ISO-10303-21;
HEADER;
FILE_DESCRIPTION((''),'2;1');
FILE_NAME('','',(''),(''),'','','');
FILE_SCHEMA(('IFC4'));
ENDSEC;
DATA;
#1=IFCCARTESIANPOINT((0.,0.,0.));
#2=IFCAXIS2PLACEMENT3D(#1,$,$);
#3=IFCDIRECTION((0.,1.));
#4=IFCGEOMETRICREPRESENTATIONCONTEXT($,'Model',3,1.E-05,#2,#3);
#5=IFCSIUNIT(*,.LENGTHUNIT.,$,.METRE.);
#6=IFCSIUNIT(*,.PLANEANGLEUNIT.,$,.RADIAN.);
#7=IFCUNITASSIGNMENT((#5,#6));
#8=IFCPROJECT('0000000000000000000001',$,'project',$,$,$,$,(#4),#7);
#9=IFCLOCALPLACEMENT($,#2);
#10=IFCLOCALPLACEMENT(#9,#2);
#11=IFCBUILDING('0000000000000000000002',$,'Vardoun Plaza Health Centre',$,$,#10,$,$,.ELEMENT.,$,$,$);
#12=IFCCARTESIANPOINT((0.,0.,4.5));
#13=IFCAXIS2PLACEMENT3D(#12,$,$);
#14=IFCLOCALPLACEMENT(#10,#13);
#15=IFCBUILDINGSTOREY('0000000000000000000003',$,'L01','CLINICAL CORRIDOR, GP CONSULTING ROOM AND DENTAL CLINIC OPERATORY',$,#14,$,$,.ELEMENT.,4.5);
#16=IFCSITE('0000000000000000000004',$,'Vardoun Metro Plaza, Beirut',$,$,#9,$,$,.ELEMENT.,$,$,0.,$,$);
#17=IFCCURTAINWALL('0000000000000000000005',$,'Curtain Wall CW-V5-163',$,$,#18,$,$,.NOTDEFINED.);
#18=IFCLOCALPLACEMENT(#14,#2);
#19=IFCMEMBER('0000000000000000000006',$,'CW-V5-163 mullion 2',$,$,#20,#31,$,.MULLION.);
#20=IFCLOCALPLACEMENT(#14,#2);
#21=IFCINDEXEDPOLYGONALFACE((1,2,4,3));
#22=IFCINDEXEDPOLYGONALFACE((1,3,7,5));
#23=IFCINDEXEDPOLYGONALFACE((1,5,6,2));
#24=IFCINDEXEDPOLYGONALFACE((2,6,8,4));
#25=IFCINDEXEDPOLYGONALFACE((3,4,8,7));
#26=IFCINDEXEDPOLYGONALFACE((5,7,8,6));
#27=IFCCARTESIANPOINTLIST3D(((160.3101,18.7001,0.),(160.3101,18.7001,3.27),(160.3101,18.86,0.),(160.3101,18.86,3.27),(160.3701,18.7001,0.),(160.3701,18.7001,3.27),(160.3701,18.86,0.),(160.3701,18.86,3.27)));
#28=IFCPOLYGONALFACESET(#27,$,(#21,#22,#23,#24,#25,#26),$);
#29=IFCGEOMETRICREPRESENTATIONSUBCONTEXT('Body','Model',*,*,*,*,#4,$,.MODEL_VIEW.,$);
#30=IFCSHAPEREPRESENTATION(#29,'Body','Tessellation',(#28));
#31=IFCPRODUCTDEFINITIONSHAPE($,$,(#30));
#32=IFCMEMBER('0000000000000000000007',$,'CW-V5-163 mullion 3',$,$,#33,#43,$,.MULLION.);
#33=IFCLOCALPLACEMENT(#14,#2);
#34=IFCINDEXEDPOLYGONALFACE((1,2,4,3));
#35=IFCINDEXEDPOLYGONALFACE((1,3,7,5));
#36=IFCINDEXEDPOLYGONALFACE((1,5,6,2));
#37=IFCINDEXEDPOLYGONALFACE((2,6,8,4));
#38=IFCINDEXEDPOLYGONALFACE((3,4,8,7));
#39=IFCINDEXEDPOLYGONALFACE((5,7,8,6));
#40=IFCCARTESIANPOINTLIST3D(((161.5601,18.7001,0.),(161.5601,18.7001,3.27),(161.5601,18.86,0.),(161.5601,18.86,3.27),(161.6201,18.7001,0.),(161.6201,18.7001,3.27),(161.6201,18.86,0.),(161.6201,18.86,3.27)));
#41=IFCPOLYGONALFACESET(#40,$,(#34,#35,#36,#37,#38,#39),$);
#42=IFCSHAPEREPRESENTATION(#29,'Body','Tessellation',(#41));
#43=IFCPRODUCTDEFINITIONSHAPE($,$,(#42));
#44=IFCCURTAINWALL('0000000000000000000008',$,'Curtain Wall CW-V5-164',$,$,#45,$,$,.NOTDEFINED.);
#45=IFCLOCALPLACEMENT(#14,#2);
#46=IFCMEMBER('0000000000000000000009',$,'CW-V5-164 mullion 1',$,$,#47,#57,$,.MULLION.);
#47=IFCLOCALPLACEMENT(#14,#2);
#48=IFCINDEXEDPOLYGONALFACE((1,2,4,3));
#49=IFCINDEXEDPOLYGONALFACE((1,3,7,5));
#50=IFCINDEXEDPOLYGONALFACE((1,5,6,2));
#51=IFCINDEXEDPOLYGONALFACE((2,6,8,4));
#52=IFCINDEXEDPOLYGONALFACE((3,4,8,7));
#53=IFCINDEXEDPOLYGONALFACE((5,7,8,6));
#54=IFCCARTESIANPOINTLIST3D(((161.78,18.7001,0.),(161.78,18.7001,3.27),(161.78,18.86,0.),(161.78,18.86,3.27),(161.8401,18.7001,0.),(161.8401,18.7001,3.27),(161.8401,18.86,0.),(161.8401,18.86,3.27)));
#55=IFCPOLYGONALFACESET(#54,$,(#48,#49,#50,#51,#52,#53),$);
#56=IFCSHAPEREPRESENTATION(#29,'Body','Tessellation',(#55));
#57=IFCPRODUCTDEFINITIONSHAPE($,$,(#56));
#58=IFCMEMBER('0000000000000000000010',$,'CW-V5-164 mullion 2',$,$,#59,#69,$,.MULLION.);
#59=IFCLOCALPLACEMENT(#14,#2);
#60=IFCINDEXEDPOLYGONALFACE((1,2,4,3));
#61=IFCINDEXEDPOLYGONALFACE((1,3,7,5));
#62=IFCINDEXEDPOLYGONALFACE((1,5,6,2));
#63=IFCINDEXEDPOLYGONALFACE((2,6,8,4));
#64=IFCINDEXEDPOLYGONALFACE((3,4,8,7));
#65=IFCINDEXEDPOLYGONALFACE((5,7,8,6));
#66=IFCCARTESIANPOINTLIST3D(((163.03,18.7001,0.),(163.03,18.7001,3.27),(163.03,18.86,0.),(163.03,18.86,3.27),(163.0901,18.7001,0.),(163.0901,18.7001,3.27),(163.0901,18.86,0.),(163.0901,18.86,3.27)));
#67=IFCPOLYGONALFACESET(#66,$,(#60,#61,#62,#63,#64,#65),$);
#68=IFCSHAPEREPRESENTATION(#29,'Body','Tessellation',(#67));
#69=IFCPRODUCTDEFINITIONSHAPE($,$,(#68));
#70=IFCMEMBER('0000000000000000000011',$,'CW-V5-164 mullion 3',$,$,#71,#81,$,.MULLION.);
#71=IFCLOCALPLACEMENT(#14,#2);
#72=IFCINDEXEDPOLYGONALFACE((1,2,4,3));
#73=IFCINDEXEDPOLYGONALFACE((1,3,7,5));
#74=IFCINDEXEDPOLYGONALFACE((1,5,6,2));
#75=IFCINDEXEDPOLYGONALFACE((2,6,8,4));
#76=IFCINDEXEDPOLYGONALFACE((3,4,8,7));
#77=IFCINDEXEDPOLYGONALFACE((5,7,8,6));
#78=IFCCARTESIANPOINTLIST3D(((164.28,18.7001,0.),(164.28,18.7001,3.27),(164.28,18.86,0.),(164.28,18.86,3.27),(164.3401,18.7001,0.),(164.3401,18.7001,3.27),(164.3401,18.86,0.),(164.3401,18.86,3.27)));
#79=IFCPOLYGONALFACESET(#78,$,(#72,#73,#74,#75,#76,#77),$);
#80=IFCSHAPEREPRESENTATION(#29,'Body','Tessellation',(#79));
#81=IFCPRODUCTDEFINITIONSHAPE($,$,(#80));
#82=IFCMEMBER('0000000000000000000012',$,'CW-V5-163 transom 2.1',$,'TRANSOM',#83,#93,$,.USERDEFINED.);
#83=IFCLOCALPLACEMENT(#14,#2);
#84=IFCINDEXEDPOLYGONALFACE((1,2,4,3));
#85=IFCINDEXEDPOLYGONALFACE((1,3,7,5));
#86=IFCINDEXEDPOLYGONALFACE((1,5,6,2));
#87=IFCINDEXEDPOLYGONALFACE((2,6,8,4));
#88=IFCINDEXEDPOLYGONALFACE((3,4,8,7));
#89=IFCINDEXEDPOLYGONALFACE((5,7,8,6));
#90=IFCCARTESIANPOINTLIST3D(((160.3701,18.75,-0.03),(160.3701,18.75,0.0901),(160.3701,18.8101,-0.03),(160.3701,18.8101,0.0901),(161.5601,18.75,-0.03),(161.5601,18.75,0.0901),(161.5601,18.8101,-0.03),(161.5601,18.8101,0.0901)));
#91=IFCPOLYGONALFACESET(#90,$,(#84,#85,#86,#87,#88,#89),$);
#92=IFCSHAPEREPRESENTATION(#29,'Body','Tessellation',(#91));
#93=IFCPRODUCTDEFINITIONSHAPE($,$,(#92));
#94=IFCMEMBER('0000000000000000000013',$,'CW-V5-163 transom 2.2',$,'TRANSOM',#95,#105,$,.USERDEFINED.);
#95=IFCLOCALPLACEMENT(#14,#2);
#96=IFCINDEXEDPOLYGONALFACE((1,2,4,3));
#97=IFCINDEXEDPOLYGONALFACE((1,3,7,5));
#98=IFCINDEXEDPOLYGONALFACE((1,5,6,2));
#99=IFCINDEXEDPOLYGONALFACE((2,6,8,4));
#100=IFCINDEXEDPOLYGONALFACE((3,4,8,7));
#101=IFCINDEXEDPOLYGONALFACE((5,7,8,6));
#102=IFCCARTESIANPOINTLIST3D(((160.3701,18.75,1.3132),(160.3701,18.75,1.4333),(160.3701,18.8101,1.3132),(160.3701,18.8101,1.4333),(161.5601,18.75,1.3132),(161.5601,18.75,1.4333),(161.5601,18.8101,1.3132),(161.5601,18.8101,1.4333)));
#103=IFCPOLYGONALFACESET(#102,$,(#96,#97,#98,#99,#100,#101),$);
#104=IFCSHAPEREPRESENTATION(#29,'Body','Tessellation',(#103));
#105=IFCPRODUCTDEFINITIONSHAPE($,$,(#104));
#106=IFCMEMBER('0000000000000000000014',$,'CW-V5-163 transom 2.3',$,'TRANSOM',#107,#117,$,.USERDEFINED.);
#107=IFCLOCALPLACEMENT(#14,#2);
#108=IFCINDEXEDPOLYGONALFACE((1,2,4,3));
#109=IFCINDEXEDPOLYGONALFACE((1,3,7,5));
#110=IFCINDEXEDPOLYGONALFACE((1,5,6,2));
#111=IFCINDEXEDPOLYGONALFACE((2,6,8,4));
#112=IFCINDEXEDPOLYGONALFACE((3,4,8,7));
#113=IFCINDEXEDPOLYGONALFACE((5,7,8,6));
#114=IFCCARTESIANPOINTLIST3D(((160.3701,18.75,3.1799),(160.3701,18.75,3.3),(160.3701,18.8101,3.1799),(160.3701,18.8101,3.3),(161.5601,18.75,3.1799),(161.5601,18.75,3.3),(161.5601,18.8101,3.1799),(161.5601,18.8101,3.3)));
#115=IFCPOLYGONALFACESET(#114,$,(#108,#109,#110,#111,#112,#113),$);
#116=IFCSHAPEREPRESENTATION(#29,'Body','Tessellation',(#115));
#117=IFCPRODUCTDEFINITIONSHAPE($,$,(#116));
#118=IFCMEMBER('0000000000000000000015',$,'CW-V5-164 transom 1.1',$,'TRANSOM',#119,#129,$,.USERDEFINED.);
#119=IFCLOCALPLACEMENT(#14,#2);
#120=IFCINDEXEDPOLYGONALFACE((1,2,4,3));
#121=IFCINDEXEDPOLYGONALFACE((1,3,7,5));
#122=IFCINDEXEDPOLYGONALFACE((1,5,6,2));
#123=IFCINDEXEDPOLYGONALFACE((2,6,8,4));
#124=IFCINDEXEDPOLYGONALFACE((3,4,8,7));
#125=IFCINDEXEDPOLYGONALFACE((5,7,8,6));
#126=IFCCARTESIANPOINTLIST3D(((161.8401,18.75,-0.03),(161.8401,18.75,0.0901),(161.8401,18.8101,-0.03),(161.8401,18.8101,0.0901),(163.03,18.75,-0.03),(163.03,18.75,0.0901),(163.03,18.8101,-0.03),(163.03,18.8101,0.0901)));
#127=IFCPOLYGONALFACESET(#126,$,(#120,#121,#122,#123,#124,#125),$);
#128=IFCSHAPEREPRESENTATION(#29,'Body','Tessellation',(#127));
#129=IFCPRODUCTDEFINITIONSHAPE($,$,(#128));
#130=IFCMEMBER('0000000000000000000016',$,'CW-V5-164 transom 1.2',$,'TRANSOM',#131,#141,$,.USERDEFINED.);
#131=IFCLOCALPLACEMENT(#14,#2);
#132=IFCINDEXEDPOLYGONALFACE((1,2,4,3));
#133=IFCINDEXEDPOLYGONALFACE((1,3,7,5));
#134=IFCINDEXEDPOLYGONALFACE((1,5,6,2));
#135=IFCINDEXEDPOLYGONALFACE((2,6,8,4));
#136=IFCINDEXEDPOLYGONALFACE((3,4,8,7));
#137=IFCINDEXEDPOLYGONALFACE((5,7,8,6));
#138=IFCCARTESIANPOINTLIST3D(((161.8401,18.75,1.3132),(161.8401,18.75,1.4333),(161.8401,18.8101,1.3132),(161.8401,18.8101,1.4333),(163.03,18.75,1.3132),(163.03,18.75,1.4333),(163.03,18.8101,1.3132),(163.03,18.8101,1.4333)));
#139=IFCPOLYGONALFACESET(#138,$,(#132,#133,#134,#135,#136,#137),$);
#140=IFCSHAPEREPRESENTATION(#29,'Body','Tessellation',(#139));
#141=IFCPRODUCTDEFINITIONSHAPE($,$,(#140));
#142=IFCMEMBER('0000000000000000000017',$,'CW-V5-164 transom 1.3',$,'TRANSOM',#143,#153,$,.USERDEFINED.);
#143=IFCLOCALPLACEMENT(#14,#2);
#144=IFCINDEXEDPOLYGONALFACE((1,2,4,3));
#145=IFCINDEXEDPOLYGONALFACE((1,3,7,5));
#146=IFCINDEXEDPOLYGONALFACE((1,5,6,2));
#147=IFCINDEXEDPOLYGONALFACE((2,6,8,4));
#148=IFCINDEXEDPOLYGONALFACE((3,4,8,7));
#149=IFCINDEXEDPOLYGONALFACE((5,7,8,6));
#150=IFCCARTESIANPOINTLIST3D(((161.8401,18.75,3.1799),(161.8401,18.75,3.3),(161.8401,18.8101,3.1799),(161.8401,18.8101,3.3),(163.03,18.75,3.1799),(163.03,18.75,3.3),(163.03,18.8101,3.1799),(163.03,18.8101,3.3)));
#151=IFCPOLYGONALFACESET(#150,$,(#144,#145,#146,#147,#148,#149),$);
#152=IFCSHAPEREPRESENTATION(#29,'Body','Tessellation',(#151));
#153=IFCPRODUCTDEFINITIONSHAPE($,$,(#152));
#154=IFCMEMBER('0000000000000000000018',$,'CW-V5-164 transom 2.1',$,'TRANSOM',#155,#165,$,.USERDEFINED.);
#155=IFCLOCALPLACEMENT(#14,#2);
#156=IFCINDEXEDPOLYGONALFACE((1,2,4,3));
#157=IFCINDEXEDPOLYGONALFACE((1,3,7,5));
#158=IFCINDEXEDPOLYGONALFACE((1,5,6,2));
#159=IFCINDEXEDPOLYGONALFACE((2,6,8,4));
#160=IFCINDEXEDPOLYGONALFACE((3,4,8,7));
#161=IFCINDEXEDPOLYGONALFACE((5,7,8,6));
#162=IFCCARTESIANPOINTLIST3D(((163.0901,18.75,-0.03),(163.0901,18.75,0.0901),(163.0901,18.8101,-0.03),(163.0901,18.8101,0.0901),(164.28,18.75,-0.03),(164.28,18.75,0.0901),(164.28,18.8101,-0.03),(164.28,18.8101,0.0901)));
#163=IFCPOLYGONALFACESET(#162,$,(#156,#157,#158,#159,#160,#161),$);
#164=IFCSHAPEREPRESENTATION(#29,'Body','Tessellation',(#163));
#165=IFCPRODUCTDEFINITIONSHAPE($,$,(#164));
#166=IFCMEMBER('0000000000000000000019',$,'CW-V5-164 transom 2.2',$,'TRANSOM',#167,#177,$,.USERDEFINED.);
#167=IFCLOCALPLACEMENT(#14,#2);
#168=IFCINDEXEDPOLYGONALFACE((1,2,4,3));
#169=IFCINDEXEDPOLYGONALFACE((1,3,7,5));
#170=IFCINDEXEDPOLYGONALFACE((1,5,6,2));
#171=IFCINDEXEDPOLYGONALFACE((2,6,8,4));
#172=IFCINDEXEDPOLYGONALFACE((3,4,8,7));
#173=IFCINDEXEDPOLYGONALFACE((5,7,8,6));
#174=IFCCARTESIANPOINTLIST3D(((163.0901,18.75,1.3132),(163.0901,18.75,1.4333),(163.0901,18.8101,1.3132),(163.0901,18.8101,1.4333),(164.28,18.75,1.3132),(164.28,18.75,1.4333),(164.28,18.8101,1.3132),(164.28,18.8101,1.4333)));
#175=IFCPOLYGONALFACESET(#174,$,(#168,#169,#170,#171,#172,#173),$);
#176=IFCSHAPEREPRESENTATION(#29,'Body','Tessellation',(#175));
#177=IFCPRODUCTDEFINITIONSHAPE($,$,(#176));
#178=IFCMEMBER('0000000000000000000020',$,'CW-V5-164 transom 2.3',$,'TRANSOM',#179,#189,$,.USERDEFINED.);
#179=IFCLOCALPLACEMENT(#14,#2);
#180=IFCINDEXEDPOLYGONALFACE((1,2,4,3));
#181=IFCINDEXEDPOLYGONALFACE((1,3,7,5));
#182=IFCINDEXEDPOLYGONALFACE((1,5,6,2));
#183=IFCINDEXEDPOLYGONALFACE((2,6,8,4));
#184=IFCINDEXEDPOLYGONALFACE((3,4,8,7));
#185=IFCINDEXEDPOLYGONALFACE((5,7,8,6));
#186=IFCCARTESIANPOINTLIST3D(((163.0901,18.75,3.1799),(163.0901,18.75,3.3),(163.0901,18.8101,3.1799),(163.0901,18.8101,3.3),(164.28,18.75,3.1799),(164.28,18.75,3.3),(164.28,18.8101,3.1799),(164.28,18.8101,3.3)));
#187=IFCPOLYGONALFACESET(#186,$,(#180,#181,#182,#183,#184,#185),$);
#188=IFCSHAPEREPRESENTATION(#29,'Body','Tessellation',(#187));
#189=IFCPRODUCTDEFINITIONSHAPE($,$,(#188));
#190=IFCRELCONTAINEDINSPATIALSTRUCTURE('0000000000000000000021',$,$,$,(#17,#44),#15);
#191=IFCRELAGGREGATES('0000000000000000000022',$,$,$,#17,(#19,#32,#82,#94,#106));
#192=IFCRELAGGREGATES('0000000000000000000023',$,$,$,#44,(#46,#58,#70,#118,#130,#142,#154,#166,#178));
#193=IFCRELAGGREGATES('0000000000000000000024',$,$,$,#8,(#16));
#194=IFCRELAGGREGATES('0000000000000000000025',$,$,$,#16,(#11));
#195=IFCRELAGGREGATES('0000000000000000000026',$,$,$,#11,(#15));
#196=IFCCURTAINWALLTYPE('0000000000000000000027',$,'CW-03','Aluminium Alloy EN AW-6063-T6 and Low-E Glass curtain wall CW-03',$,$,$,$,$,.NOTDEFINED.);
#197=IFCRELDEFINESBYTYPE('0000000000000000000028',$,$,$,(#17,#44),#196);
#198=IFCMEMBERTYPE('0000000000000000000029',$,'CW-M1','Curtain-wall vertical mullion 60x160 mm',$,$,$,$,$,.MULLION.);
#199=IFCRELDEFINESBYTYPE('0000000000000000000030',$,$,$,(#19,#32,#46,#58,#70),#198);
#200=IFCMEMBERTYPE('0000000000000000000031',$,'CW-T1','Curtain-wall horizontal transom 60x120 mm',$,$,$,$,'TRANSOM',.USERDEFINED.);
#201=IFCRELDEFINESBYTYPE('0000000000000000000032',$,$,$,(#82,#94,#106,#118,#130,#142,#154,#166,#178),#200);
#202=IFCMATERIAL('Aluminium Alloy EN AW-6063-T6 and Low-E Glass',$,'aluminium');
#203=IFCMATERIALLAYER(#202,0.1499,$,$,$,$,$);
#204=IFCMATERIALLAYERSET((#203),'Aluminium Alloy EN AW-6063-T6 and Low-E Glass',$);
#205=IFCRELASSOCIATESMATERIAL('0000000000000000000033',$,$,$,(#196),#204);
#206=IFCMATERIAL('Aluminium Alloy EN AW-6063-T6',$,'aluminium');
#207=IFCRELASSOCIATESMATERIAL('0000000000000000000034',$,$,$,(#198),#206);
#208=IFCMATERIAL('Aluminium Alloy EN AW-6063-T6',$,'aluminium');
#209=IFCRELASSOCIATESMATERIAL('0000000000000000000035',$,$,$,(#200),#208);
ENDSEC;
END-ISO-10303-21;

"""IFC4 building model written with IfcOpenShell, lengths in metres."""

from ifc_helpers import new_model, si_unit, direction, frame, origin, origin_2d, place, context, subcontext, project, spatial, rectangle, extrude, material, layer, layer_set, material_profile, profile_set, type_object, element, aggregate, save


model = new_model("IFC4")

# Units and contexts
model_context = context("Model", 3, precision=1e-05, world=origin(), true_north=direction((0.0, 1.0)))
body_context = subcontext(model_context, "Body", "Model", "MODEL_VIEW")
ifc_project = project(units=[si_unit("LENGTHUNIT", "METRE"), si_unit("PLANEANGLEUNIT", "RADIAN")], contexts=[model_context])

# Site, building, storey
site_placement = place(None, origin())
site = spatial("IfcSite", under=ifc_project, at=site_placement, Name="Vardoun Metro Plaza, Beirut", CompositionType="ELEMENT", RefElevation=0.0)
building_placement = place(site_placement, origin())
building = spatial("IfcBuilding", under=site, at=building_placement, Name="Vardoun Plaza Health Centre", CompositionType="ELEMENT")
storey_placement = place(building_placement, frame((0.0, 0.0, 4.5)))
storey = spatial("IfcBuildingStorey", under=building, at=storey_placement, Name="L01", Description="CLINICAL CORRIDOR, GP CONSULTING ROOM AND DENTAL CLINIC OPERATORY", CompositionType="ELEMENT", Elevation=4.5)

# Curtain walls, members
ifc_material_1 = material(Name="Aluminium Alloy EN AW-6063-T6 and Low-E Glass", Category="aluminium")
ifc_layer_1 = layer(ifc_material_1, 0.1499)
ifc_layer_set_1 = layer_set([ifc_layer_1], Name="Aluminium Alloy EN AW-6063-T6 and Low-E Glass")
curtain_wall_type = type_object("IfcCurtainWallType", Name="CW-03", Description="Aluminium Alloy EN AW-6063-T6 and Low-E Glass curtain wall CW-03", PredefinedType="NOTDEFINED", material=ifc_layer_set_1)
curtain_wall_1_placement = place(storey_placement, origin())
curtain_wall_1 = element("IfcCurtainWall", 1, at=curtain_wall_1_placement, inside=storey, type_object=curtain_wall_type, Name="Curtain Wall CW-V5-163", PredefinedType="NOTDEFINED")
ifc_material_2 = material(Name="Aluminium Alloy EN AW-6063-T6", Category="aluminium")
ifc_material_profile_1 = material_profile(ifc_material_2, rectangle(XDim=0.1599, YDim=0.0601, at=origin_2d()), Name="CWM 60x160")
ifc_profile_set_1 = profile_set([ifc_material_profile_1], Name="Aluminium Alloy EN AW-6063-T6")
member_type_1 = type_object("IfcMemberType", Name="CW-M1", Description="Curtain-wall vertical mullion 60x160 mm", PredefinedType="MULLION", material=ifc_profile_set_1)
member_1_placement = place(storey_placement, frame((160.3401, 18.78, 0.0), z_axis=(0.0, 0.0, 1.0), x_axis=(0.0, 1.0, 0.0)))
member_1 = element("IfcMember", 2, at=member_1_placement, type_object=member_type_1, Name="CW-V5-163 mullion 2", PredefinedType="MULLION", context=body_context, shape_type="SweptSolid", body=[
    extrude(rectangle(XDim=0.1599, YDim=0.0601, at=origin_2d()), origin(), (0.0, 0.0, 1.0), 3.27),
])
member_2_placement = place(storey_placement, frame((161.5901, 18.78, 0.0), z_axis=(0.0, 0.0, 1.0), x_axis=(0.0, 1.0, 0.0)))
member_2 = element("IfcMember", 3, at=member_2_placement, type_object=member_type_1, Name="CW-V5-163 mullion 3", PredefinedType="MULLION", context=body_context, shape_type="SweptSolid", body=[
    extrude(rectangle(XDim=0.1599, YDim=0.0601, at=origin_2d()), origin(), (0.0, 0.0, 1.0), 3.27),
])
curtain_wall_2_placement = place(storey_placement, origin())
curtain_wall_2 = element("IfcCurtainWall", 4, at=curtain_wall_2_placement, inside=storey, type_object=curtain_wall_type, Name="Curtain Wall CW-V5-164", PredefinedType="NOTDEFINED")
member_3_placement = place(storey_placement, frame((161.8101, 18.78, 0.0), z_axis=(0.0, 0.0, 1.0), x_axis=(0.0, 1.0, 0.0)))
member_3 = element("IfcMember", 5, at=member_3_placement, type_object=member_type_1, Name="CW-V5-164 mullion 1", PredefinedType="MULLION", context=body_context, shape_type="SweptSolid", body=[
    extrude(rectangle(XDim=0.1599, YDim=0.0601, at=origin_2d()), origin(), (0.0, 0.0, 1.0), 3.27),
])
member_4_placement = place(storey_placement, frame((163.0601, 18.78, 0.0), z_axis=(0.0, 0.0, 1.0), x_axis=(0.0, 1.0, 0.0)))
member_4 = element("IfcMember", 6, at=member_4_placement, type_object=member_type_1, Name="CW-V5-164 mullion 2", PredefinedType="MULLION", context=body_context, shape_type="SweptSolid", body=[
    extrude(rectangle(XDim=0.1599, YDim=0.0601, at=origin_2d()), origin(), (0.0, 0.0, 1.0), 3.27),
])
member_5_placement = place(storey_placement, frame((164.3101, 18.78, 0.0), z_axis=(0.0, 0.0, 1.0), x_axis=(0.0, 1.0, 0.0)))
member_5 = element("IfcMember", 7, at=member_5_placement, type_object=member_type_1, Name="CW-V5-164 mullion 3", PredefinedType="MULLION", context=body_context, shape_type="SweptSolid", body=[
    extrude(rectangle(XDim=0.1599, YDim=0.0601, at=origin_2d()), origin(), (0.0, 0.0, 1.0), 3.27),
])

# Members
ifc_material_3 = material(Name="Aluminium Alloy EN AW-6063-T6", Category="aluminium")
ifc_material_profile_2 = material_profile(ifc_material_3, rectangle(XDim=0.0601, YDim=0.1201, at=origin_2d()), Name="CWT 60x120")
ifc_profile_set_2 = profile_set([ifc_material_profile_2], Name="Aluminium Alloy EN AW-6063-T6")
member_type_2 = type_object("IfcMemberType", Name="CW-T1", Description="Curtain-wall horizontal transom 60x120 mm", ElementType="TRANSOM", PredefinedType="USERDEFINED", material=ifc_profile_set_2)
member_6_placement = place(storey_placement, frame((160.3701, 18.78, 0.03), z_axis=(1.0, 0.0, 0.0), x_axis=(0.0, 1.0, 0.0)))
member_6 = element("IfcMember", 8, at=member_6_placement, type_object=member_type_2, Name="CW-V5-163 transom 2.1", ObjectType="TRANSOM", PredefinedType="USERDEFINED", context=body_context, shape_type="SweptSolid", body=[
    extrude(rectangle(XDim=0.0601, YDim=0.1201, at=origin_2d()), origin(), (0.0, 0.0, 1.0), 1.1899),
])
member_7_placement = place(storey_placement, frame((160.3701, 18.78, 1.3733), z_axis=(1.0, 0.0, 0.0), x_axis=(0.0, 1.0, 0.0)))
member_7 = element("IfcMember", 9, at=member_7_placement, type_object=member_type_2, Name="CW-V5-163 transom 2.2", ObjectType="TRANSOM", PredefinedType="USERDEFINED", context=body_context, shape_type="SweptSolid", body=[
    extrude(rectangle(XDim=0.0601, YDim=0.1201, at=origin_2d()), origin(), (0.0, 0.0, 1.0), 1.1899),
])
member_8_placement = place(storey_placement, frame((160.3701, 18.78, 3.24), z_axis=(1.0, 0.0, 0.0), x_axis=(0.0, 1.0, 0.0)))
member_8 = element("IfcMember", 10, at=member_8_placement, type_object=member_type_2, Name="CW-V5-163 transom 2.3", ObjectType="TRANSOM", PredefinedType="USERDEFINED", context=body_context, shape_type="SweptSolid", body=[
    extrude(rectangle(XDim=0.0601, YDim=0.1201, at=origin_2d()), origin(), (0.0, 0.0, 1.0), 1.1899),
])
member_9_placement = place(storey_placement, frame((161.8401, 18.78, 0.03), z_axis=(1.0, 0.0, 0.0), x_axis=(0.0, 1.0, 0.0)))
member_9 = element("IfcMember", 11, at=member_9_placement, type_object=member_type_2, Name="CW-V5-164 transom 1.1", ObjectType="TRANSOM", PredefinedType="USERDEFINED", context=body_context, shape_type="SweptSolid", body=[
    extrude(rectangle(XDim=0.0601, YDim=0.1201, at=origin_2d()), origin(), (0.0, 0.0, 1.0), 1.1899),
])
member_10_placement = place(storey_placement, frame((161.8401, 18.78, 1.3733), z_axis=(1.0, 0.0, 0.0), x_axis=(0.0, 1.0, 0.0)))
member_10 = element("IfcMember", 12, at=member_10_placement, type_object=member_type_2, Name="CW-V5-164 transom 1.2", ObjectType="TRANSOM", PredefinedType="USERDEFINED", context=body_context, shape_type="SweptSolid", body=[
    extrude(rectangle(XDim=0.0601, YDim=0.1201, at=origin_2d()), origin(), (0.0, 0.0, 1.0), 1.1899),
])
member_11_placement = place(storey_placement, frame((161.8401, 18.78, 3.24), z_axis=(1.0, 0.0, 0.0), x_axis=(0.0, 1.0, 0.0)))
member_11 = element("IfcMember", 13, at=member_11_placement, type_object=member_type_2, Name="CW-V5-164 transom 1.3", ObjectType="TRANSOM", PredefinedType="USERDEFINED", context=body_context, shape_type="SweptSolid", body=[
    extrude(rectangle(XDim=0.0601, YDim=0.1201, at=origin_2d()), origin(), (0.0, 0.0, 1.0), 1.1899),
])
member_12_placement = place(storey_placement, frame((163.0901, 18.78, 0.03), z_axis=(1.0, 0.0, 0.0), x_axis=(0.0, 1.0, 0.0)))
member_12 = element("IfcMember", 14, at=member_12_placement, type_object=member_type_2, Name="CW-V5-164 transom 2.1", ObjectType="TRANSOM", PredefinedType="USERDEFINED", context=body_context, shape_type="SweptSolid", body=[
    extrude(rectangle(XDim=0.0601, YDim=0.1201, at=origin_2d()), origin(), (0.0, 0.0, 1.0), 1.1899),
])
member_13_placement = place(storey_placement, frame((163.0901, 18.78, 1.3733), z_axis=(1.0, 0.0, 0.0), x_axis=(0.0, 1.0, 0.0)))
member_13 = element("IfcMember", 15, at=member_13_placement, type_object=member_type_2, Name="CW-V5-164 transom 2.2", ObjectType="TRANSOM", PredefinedType="USERDEFINED", context=body_context, shape_type="SweptSolid", body=[
    extrude(rectangle(XDim=0.0601, YDim=0.1201, at=origin_2d()), origin(), (0.0, 0.0, 1.0), 1.1899),
])
member_14_placement = place(storey_placement, frame((163.0901, 18.78, 3.24), z_axis=(1.0, 0.0, 0.0), x_axis=(0.0, 1.0, 0.0)))
member_14 = element("IfcMember", 16, at=member_14_placement, type_object=member_type_2, Name="CW-V5-164 transom 2.3", ObjectType="TRANSOM", PredefinedType="USERDEFINED", context=body_context, shape_type="SweptSolid", body=[
    extrude(rectangle(XDim=0.0601, YDim=0.1201, at=origin_2d()), origin(), (0.0, 0.0, 1.0), 1.1899),
])

aggregate(curtain_wall_1, [member_1, member_2, member_6, member_7, member_8])
aggregate(curtain_wall_2, [member_3, member_4, member_5, member_9, member_10, member_11, member_12, member_13, member_14])

save(model, "model.ifc")
